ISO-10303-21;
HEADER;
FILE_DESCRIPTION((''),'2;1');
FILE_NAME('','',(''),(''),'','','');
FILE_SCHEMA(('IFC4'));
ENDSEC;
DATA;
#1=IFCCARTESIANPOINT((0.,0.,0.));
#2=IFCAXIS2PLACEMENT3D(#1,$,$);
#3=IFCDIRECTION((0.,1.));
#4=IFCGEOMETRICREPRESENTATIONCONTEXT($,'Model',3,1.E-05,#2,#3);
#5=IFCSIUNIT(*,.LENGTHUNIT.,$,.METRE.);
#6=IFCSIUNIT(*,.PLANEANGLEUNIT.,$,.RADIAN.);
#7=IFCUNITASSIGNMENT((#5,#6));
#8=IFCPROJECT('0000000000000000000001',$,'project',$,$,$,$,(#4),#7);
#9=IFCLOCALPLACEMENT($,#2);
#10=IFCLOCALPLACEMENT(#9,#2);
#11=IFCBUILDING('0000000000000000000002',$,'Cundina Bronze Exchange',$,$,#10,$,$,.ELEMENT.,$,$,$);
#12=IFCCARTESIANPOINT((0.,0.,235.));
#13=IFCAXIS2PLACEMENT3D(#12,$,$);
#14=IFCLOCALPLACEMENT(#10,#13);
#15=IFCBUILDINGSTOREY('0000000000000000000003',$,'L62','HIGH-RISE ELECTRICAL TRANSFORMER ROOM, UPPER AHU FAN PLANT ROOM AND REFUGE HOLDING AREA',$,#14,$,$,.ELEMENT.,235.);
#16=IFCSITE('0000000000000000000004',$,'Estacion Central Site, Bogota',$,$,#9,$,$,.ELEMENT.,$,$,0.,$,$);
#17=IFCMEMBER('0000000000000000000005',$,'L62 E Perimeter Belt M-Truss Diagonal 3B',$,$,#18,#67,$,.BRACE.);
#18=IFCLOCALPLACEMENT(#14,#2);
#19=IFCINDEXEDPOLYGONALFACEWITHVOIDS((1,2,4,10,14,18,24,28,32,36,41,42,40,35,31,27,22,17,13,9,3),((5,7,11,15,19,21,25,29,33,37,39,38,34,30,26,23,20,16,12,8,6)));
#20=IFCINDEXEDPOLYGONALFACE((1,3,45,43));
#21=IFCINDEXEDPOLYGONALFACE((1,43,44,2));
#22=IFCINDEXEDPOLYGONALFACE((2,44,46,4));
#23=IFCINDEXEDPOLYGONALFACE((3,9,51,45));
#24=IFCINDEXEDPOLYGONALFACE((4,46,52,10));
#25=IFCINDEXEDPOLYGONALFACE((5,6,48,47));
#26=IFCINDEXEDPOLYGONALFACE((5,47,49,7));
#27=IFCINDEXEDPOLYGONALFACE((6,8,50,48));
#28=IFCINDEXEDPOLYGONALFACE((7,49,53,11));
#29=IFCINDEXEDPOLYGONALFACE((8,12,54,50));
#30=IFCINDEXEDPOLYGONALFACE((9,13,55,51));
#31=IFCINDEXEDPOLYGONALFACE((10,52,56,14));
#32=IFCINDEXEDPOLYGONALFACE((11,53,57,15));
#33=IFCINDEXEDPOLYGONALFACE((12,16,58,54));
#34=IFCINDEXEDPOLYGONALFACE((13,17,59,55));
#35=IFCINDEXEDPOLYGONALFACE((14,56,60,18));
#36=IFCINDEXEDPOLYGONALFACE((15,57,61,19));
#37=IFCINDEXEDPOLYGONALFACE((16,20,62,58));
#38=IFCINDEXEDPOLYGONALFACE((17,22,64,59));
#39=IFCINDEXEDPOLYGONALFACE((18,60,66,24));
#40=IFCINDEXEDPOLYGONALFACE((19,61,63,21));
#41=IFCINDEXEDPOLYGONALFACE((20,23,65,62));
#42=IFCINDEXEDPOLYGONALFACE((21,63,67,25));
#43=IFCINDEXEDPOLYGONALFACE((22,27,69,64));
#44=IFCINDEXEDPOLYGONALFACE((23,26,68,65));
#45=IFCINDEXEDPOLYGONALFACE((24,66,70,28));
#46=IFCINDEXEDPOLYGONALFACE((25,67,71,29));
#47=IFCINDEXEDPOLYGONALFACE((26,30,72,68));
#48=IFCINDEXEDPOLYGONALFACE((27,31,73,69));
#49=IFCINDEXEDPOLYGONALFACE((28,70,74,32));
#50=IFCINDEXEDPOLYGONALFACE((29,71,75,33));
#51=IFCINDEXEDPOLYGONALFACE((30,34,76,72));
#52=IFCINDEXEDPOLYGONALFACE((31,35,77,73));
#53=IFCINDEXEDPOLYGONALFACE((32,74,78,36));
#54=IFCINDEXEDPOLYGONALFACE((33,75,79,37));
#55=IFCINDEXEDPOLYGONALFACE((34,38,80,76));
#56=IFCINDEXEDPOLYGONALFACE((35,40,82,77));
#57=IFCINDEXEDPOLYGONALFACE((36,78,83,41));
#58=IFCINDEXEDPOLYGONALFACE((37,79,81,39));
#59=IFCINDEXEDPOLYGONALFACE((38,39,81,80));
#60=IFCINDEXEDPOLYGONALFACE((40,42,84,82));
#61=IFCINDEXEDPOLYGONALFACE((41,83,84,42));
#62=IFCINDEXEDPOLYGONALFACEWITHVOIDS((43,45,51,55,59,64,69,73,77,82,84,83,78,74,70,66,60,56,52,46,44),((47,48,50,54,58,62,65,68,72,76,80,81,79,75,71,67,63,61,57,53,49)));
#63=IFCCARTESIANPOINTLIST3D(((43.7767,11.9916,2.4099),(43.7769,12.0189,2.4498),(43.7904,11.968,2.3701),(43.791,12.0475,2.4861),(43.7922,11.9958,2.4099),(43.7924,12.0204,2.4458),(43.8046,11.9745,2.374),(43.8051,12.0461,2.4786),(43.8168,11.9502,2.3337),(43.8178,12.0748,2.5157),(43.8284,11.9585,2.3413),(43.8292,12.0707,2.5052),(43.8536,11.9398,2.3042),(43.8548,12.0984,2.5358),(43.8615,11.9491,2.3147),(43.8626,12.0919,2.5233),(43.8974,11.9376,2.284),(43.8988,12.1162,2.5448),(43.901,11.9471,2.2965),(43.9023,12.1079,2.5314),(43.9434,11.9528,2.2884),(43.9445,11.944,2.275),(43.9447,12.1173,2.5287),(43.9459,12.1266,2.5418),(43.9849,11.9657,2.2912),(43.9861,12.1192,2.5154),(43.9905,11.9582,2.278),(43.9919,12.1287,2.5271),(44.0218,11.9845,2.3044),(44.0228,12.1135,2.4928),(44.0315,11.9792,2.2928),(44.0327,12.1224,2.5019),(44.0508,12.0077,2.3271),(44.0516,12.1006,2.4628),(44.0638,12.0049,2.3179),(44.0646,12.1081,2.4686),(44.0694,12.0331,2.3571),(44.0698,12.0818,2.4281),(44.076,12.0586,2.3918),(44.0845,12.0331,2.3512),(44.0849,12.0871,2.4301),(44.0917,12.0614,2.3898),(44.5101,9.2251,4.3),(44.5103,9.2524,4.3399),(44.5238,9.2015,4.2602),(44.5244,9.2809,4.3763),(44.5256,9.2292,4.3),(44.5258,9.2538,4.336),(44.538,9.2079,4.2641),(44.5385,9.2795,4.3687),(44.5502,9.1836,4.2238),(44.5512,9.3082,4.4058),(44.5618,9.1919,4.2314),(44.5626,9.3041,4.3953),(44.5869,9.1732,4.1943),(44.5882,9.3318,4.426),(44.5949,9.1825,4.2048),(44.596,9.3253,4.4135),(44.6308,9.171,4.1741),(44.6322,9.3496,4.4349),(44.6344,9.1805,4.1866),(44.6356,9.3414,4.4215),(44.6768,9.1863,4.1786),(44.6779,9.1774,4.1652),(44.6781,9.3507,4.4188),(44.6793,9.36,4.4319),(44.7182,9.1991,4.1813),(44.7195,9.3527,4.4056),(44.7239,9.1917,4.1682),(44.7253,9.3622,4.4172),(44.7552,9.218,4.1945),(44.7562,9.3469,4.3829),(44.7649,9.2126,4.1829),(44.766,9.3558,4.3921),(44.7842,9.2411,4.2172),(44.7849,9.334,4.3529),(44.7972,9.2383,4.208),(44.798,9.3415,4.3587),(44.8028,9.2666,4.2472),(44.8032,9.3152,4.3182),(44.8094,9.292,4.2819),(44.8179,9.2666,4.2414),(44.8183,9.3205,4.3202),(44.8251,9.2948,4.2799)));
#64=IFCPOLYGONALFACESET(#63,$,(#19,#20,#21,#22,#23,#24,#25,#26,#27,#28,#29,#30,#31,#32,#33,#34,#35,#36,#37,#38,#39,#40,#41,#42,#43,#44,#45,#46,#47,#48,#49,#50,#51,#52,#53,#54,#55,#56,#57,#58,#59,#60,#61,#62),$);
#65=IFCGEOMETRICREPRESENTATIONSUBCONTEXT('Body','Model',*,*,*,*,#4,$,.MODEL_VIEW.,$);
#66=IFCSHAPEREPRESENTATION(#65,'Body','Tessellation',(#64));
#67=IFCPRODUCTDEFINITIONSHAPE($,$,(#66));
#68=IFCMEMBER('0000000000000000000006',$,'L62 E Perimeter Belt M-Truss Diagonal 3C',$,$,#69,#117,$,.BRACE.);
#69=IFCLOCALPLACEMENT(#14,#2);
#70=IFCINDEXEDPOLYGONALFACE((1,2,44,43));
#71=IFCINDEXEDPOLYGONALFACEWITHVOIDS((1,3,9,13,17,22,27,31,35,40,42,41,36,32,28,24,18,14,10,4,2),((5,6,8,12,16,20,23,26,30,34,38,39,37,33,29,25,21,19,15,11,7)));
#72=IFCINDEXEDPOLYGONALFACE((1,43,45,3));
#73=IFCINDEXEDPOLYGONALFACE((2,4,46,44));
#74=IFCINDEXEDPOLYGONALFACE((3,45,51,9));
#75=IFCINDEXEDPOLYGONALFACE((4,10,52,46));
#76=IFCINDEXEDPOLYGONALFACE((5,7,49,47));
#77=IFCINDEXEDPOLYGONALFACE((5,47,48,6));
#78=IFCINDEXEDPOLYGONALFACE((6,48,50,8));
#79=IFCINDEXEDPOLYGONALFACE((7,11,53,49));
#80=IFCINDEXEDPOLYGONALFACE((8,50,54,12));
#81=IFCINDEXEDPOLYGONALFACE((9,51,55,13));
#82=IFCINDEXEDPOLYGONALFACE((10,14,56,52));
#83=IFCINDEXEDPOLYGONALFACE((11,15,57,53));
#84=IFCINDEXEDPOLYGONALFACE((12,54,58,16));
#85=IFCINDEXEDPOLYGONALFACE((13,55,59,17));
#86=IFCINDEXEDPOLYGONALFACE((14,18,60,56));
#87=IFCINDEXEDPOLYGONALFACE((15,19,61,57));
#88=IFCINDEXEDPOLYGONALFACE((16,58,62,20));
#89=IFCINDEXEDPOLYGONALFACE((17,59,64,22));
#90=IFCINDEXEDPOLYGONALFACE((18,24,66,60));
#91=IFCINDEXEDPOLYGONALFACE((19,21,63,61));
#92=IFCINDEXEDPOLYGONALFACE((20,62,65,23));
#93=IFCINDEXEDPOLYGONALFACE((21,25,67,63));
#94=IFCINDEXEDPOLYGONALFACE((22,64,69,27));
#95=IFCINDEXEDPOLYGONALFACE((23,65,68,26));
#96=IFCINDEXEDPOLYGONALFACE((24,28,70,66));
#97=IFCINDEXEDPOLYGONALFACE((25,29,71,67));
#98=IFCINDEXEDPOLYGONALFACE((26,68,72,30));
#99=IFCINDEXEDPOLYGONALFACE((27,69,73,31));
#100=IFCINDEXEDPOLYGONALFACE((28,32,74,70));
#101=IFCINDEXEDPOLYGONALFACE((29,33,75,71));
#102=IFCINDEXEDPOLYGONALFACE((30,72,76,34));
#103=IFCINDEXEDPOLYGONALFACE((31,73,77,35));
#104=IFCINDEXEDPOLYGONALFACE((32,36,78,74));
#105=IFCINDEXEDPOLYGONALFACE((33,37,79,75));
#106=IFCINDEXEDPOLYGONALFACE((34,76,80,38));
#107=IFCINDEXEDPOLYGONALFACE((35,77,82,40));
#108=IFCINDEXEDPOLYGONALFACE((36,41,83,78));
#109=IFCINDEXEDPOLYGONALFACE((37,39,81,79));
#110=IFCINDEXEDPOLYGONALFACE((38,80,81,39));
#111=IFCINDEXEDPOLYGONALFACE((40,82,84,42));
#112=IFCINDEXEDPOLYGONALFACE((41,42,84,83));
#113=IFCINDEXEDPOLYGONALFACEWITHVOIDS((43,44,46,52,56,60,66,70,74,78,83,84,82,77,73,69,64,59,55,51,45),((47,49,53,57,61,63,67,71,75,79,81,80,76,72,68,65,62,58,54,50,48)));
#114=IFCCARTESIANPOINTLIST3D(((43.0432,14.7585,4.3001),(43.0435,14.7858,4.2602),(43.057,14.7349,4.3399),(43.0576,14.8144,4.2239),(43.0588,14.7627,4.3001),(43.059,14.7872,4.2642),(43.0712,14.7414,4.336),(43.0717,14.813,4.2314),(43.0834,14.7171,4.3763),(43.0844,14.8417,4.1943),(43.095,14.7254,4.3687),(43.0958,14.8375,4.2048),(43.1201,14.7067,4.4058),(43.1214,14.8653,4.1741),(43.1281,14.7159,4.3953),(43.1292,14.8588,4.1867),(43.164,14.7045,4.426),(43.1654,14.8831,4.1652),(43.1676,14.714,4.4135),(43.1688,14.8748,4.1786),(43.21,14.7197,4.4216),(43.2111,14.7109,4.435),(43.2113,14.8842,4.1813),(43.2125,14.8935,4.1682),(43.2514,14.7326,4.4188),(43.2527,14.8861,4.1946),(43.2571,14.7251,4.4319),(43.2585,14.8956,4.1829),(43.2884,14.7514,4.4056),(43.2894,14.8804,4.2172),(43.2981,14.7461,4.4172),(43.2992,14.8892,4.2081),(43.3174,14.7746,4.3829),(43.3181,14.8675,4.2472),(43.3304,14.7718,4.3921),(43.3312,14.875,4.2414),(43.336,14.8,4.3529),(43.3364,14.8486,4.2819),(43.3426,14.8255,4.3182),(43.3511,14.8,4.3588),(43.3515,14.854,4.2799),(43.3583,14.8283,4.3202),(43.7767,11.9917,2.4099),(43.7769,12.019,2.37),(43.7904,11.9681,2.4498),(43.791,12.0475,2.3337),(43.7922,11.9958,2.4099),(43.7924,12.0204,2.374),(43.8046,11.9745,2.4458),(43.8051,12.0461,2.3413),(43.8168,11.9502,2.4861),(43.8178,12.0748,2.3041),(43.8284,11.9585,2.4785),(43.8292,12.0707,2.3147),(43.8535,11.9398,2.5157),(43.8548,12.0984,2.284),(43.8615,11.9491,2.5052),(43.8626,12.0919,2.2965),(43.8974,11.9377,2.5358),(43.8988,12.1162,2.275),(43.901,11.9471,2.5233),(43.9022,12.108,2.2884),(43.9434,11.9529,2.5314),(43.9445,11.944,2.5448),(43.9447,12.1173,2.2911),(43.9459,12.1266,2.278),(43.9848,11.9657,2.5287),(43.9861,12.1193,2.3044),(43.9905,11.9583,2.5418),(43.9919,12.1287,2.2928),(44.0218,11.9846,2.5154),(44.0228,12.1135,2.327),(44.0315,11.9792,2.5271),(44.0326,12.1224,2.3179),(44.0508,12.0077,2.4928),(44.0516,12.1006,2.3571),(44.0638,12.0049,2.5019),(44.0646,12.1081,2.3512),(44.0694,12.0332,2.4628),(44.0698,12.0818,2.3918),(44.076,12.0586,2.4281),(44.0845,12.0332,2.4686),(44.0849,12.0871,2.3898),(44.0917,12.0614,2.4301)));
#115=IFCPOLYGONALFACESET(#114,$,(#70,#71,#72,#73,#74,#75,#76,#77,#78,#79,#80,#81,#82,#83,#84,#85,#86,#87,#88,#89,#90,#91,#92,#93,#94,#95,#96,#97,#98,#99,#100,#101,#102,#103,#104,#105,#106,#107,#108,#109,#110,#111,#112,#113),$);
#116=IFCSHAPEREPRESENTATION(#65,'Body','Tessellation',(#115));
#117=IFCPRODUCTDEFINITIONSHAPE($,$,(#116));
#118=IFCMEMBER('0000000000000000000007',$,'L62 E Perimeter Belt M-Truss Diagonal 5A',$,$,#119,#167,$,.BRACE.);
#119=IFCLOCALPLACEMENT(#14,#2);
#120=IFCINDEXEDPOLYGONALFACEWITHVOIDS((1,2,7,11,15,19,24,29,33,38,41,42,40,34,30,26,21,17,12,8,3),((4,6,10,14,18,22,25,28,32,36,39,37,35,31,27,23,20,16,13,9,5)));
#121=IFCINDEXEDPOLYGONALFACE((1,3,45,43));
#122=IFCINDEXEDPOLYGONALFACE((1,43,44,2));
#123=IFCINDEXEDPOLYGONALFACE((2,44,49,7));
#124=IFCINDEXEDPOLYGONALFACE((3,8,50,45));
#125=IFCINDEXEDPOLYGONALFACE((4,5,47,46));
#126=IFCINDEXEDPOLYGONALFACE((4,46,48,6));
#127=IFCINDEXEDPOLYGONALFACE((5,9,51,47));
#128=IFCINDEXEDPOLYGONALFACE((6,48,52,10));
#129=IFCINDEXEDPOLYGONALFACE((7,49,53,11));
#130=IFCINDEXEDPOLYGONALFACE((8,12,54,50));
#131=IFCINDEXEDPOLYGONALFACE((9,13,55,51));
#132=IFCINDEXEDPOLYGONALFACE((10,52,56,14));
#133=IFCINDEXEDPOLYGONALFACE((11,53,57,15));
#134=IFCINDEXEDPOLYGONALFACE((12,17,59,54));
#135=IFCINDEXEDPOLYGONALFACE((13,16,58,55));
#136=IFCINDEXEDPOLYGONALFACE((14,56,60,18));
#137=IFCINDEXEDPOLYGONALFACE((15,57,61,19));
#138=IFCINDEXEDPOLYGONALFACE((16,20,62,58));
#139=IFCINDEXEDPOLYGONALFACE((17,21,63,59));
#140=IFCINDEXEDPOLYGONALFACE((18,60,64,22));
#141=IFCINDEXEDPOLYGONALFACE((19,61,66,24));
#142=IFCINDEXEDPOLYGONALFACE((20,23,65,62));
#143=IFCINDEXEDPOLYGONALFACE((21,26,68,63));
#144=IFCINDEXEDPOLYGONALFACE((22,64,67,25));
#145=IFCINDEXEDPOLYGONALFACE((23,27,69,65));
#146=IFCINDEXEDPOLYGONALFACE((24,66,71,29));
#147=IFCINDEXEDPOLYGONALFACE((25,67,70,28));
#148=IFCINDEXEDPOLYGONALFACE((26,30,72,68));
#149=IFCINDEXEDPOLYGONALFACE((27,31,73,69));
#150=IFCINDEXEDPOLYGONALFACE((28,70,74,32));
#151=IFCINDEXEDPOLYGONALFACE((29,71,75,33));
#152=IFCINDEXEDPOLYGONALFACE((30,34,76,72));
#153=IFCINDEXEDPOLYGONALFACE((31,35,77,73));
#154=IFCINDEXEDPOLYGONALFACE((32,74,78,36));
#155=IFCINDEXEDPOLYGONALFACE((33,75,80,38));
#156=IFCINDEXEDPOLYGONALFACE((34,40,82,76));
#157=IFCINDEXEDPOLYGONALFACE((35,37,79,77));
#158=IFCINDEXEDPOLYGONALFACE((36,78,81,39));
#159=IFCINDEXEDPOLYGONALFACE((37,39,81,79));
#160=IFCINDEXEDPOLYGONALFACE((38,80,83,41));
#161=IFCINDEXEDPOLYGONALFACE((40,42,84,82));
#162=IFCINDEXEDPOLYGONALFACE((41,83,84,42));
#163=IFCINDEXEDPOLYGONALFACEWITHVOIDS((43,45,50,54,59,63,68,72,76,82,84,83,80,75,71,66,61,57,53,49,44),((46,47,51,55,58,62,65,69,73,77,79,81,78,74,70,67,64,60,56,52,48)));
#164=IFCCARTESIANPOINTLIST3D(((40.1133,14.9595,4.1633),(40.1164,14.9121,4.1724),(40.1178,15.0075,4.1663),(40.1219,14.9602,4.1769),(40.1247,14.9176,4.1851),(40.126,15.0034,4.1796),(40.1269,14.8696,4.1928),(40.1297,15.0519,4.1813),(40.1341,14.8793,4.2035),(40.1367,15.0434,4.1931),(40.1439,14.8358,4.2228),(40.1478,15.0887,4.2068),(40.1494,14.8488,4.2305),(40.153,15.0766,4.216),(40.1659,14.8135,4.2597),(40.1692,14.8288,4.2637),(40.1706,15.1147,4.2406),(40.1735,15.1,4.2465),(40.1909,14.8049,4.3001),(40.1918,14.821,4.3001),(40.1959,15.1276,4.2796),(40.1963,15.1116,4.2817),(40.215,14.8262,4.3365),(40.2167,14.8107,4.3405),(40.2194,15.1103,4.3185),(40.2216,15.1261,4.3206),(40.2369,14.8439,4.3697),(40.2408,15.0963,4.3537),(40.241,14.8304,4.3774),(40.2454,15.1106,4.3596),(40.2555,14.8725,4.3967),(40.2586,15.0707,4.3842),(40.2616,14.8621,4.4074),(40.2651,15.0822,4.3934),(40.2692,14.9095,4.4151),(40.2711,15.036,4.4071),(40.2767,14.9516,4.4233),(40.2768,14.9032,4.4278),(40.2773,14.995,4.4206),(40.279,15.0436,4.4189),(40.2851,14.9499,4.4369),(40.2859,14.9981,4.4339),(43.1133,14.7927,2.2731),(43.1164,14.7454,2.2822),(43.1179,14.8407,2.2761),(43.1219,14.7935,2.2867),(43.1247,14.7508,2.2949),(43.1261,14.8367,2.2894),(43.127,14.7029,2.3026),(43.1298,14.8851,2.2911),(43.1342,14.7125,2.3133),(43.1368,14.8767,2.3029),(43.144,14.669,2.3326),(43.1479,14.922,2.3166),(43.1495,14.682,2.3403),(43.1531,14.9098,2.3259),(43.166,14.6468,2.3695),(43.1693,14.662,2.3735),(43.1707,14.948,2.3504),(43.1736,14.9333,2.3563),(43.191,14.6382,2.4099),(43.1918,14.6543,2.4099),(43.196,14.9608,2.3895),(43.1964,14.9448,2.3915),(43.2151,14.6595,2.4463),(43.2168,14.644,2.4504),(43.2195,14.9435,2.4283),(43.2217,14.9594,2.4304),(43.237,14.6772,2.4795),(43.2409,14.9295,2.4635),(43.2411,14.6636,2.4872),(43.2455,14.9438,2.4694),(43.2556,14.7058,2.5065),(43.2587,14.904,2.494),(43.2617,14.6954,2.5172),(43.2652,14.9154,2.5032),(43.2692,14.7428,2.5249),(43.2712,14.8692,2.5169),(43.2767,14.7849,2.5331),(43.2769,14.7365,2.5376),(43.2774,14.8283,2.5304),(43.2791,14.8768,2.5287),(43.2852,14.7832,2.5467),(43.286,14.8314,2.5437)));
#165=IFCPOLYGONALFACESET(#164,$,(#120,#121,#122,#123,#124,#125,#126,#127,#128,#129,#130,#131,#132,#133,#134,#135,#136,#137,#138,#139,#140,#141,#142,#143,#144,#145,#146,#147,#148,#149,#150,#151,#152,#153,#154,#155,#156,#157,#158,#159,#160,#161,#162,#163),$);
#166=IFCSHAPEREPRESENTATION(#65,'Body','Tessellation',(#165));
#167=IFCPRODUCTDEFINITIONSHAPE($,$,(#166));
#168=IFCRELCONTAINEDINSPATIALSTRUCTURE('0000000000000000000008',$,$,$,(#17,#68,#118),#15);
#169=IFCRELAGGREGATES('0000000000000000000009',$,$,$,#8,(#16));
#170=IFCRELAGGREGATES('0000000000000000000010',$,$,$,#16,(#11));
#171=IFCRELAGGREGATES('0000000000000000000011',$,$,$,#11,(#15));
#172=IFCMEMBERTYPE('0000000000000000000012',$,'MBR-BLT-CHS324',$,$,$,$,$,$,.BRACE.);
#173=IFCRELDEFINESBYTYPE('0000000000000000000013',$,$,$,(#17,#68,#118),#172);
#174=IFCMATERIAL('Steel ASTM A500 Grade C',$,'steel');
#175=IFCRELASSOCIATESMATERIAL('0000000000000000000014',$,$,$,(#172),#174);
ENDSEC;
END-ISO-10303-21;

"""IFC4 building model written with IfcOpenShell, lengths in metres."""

from ifc_helpers import new_model, si_unit, direction, frame, origin, origin_2d, place, context, subcontext, project, spatial, hollow_circle, extrude, material, material_profile, profile_set, type_object, element, save


model = new_model("IFC4")

# Units and contexts
model_context = context("Model", 3, precision=1e-05, world=origin(), true_north=direction((0.0, 1.0)))
body_context = subcontext(model_context, "Body", "Model", "MODEL_VIEW")
ifc_project = project(units=[si_unit("LENGTHUNIT", "METRE"), si_unit("PLANEANGLEUNIT", "RADIAN")], contexts=[model_context])

# Site, building, storey
site_placement = place(None, origin())
site = spatial("IfcSite", under=ifc_project, at=site_placement, Name="Estacion Central Site, Bogota", CompositionType="ELEMENT", RefElevation=0.0)
building_placement = place(site_placement, origin())
building = spatial("IfcBuilding", under=site, at=building_placement, Name="Cundina Bronze Exchange", CompositionType="ELEMENT")
storey_placement = place(building_placement, frame((0.0, 0.0, 235.0)))
storey = spatial("IfcBuildingStorey", under=building, at=storey_placement, Name="L62", Description="HIGH-RISE ELECTRICAL TRANSFORMER ROOM, UPPER AHU FAN PLANT ROOM AND REFUGE HOLDING AREA", CompositionType="ELEMENT", Elevation=235.0)

# Members
ifc_material_1 = material(Name="Steel ASTM A500 Grade C", Category="steel")
ifc_material_profile_1 = material_profile(ifc_material_1, hollow_circle(Radius=0.1621, WallThickness=0.0161, at=origin_2d()), Name="CHS324X16", Category="steel")
ifc_profile_set_1 = profile_set([ifc_material_profile_1], Name="Steel ASTM A500 Grade C")
member_type_1 = type_object("IfcMemberType", Name="MBR-BLT-CHS324", PredefinedType="BRACE", material=ifc_profile_set_1)
member_1_placement = place(storey_placement, frame((44.6667, 9.2666, 4.3), z_axis=(-0.213822, 0.806601, -0.551068), x_axis=(-0.966613, -0.25624, 0.0)))
element("IfcMember", 1, at=member_1_placement, inside=storey, type_object=member_type_1, Name="L62 E Perimeter Belt M-Truss Diagonal 3B", PredefinedType="BRACE", context=body_context, shape_type="SweptSolid", body=[
    extrude(hollow_circle(Radius=0.1621, WallThickness=0.0161, at=origin_2d()), origin(), (0.0, 0.0, 1.0), 3.4299),
])
member_2_placement = place(storey_placement, frame((43.9333, 12.0332, 2.4099), z_axis=(-0.213809, 0.806625, 0.551036), x_axis=(-0.966619, -0.256218, 0.0)))
element("IfcMember", 2, at=member_2_placement, inside=storey, type_object=member_type_1, Name="L62 E Perimeter Belt M-Truss Diagonal 3C", PredefinedType="BRACE", context=body_context, shape_type="SweptSolid", body=[
    extrude(hollow_circle(Radius=0.1621, WallThickness=0.0161, at=origin_2d()), origin(), (0.0, 0.0, 1.0), 3.4302),
])
for number, where, z_axis, x_axis, name in (
    (3, (43.2, 14.8, 2.4099), (-0.84514, 0.046975, 0.532477), (-0.055497, -0.998459, 0.0), "L62 E Perimeter Belt M-Truss Diagonal 5A"),
):
    element("IfcMember", number, at=place(storey_placement, frame(where, z_axis=z_axis, x_axis=x_axis)), inside=storey, type_object=member_type_1, Name=name, PredefinedType="BRACE", context=body_context, shape_type="SweptSolid", body=[
        extrude(hollow_circle(Radius=0.1621, WallThickness=0.0161, at=origin_2d()), origin(), (0.0, 0.0, 1.0), 3.5498),
    ])

save(model, "model.ifc")
